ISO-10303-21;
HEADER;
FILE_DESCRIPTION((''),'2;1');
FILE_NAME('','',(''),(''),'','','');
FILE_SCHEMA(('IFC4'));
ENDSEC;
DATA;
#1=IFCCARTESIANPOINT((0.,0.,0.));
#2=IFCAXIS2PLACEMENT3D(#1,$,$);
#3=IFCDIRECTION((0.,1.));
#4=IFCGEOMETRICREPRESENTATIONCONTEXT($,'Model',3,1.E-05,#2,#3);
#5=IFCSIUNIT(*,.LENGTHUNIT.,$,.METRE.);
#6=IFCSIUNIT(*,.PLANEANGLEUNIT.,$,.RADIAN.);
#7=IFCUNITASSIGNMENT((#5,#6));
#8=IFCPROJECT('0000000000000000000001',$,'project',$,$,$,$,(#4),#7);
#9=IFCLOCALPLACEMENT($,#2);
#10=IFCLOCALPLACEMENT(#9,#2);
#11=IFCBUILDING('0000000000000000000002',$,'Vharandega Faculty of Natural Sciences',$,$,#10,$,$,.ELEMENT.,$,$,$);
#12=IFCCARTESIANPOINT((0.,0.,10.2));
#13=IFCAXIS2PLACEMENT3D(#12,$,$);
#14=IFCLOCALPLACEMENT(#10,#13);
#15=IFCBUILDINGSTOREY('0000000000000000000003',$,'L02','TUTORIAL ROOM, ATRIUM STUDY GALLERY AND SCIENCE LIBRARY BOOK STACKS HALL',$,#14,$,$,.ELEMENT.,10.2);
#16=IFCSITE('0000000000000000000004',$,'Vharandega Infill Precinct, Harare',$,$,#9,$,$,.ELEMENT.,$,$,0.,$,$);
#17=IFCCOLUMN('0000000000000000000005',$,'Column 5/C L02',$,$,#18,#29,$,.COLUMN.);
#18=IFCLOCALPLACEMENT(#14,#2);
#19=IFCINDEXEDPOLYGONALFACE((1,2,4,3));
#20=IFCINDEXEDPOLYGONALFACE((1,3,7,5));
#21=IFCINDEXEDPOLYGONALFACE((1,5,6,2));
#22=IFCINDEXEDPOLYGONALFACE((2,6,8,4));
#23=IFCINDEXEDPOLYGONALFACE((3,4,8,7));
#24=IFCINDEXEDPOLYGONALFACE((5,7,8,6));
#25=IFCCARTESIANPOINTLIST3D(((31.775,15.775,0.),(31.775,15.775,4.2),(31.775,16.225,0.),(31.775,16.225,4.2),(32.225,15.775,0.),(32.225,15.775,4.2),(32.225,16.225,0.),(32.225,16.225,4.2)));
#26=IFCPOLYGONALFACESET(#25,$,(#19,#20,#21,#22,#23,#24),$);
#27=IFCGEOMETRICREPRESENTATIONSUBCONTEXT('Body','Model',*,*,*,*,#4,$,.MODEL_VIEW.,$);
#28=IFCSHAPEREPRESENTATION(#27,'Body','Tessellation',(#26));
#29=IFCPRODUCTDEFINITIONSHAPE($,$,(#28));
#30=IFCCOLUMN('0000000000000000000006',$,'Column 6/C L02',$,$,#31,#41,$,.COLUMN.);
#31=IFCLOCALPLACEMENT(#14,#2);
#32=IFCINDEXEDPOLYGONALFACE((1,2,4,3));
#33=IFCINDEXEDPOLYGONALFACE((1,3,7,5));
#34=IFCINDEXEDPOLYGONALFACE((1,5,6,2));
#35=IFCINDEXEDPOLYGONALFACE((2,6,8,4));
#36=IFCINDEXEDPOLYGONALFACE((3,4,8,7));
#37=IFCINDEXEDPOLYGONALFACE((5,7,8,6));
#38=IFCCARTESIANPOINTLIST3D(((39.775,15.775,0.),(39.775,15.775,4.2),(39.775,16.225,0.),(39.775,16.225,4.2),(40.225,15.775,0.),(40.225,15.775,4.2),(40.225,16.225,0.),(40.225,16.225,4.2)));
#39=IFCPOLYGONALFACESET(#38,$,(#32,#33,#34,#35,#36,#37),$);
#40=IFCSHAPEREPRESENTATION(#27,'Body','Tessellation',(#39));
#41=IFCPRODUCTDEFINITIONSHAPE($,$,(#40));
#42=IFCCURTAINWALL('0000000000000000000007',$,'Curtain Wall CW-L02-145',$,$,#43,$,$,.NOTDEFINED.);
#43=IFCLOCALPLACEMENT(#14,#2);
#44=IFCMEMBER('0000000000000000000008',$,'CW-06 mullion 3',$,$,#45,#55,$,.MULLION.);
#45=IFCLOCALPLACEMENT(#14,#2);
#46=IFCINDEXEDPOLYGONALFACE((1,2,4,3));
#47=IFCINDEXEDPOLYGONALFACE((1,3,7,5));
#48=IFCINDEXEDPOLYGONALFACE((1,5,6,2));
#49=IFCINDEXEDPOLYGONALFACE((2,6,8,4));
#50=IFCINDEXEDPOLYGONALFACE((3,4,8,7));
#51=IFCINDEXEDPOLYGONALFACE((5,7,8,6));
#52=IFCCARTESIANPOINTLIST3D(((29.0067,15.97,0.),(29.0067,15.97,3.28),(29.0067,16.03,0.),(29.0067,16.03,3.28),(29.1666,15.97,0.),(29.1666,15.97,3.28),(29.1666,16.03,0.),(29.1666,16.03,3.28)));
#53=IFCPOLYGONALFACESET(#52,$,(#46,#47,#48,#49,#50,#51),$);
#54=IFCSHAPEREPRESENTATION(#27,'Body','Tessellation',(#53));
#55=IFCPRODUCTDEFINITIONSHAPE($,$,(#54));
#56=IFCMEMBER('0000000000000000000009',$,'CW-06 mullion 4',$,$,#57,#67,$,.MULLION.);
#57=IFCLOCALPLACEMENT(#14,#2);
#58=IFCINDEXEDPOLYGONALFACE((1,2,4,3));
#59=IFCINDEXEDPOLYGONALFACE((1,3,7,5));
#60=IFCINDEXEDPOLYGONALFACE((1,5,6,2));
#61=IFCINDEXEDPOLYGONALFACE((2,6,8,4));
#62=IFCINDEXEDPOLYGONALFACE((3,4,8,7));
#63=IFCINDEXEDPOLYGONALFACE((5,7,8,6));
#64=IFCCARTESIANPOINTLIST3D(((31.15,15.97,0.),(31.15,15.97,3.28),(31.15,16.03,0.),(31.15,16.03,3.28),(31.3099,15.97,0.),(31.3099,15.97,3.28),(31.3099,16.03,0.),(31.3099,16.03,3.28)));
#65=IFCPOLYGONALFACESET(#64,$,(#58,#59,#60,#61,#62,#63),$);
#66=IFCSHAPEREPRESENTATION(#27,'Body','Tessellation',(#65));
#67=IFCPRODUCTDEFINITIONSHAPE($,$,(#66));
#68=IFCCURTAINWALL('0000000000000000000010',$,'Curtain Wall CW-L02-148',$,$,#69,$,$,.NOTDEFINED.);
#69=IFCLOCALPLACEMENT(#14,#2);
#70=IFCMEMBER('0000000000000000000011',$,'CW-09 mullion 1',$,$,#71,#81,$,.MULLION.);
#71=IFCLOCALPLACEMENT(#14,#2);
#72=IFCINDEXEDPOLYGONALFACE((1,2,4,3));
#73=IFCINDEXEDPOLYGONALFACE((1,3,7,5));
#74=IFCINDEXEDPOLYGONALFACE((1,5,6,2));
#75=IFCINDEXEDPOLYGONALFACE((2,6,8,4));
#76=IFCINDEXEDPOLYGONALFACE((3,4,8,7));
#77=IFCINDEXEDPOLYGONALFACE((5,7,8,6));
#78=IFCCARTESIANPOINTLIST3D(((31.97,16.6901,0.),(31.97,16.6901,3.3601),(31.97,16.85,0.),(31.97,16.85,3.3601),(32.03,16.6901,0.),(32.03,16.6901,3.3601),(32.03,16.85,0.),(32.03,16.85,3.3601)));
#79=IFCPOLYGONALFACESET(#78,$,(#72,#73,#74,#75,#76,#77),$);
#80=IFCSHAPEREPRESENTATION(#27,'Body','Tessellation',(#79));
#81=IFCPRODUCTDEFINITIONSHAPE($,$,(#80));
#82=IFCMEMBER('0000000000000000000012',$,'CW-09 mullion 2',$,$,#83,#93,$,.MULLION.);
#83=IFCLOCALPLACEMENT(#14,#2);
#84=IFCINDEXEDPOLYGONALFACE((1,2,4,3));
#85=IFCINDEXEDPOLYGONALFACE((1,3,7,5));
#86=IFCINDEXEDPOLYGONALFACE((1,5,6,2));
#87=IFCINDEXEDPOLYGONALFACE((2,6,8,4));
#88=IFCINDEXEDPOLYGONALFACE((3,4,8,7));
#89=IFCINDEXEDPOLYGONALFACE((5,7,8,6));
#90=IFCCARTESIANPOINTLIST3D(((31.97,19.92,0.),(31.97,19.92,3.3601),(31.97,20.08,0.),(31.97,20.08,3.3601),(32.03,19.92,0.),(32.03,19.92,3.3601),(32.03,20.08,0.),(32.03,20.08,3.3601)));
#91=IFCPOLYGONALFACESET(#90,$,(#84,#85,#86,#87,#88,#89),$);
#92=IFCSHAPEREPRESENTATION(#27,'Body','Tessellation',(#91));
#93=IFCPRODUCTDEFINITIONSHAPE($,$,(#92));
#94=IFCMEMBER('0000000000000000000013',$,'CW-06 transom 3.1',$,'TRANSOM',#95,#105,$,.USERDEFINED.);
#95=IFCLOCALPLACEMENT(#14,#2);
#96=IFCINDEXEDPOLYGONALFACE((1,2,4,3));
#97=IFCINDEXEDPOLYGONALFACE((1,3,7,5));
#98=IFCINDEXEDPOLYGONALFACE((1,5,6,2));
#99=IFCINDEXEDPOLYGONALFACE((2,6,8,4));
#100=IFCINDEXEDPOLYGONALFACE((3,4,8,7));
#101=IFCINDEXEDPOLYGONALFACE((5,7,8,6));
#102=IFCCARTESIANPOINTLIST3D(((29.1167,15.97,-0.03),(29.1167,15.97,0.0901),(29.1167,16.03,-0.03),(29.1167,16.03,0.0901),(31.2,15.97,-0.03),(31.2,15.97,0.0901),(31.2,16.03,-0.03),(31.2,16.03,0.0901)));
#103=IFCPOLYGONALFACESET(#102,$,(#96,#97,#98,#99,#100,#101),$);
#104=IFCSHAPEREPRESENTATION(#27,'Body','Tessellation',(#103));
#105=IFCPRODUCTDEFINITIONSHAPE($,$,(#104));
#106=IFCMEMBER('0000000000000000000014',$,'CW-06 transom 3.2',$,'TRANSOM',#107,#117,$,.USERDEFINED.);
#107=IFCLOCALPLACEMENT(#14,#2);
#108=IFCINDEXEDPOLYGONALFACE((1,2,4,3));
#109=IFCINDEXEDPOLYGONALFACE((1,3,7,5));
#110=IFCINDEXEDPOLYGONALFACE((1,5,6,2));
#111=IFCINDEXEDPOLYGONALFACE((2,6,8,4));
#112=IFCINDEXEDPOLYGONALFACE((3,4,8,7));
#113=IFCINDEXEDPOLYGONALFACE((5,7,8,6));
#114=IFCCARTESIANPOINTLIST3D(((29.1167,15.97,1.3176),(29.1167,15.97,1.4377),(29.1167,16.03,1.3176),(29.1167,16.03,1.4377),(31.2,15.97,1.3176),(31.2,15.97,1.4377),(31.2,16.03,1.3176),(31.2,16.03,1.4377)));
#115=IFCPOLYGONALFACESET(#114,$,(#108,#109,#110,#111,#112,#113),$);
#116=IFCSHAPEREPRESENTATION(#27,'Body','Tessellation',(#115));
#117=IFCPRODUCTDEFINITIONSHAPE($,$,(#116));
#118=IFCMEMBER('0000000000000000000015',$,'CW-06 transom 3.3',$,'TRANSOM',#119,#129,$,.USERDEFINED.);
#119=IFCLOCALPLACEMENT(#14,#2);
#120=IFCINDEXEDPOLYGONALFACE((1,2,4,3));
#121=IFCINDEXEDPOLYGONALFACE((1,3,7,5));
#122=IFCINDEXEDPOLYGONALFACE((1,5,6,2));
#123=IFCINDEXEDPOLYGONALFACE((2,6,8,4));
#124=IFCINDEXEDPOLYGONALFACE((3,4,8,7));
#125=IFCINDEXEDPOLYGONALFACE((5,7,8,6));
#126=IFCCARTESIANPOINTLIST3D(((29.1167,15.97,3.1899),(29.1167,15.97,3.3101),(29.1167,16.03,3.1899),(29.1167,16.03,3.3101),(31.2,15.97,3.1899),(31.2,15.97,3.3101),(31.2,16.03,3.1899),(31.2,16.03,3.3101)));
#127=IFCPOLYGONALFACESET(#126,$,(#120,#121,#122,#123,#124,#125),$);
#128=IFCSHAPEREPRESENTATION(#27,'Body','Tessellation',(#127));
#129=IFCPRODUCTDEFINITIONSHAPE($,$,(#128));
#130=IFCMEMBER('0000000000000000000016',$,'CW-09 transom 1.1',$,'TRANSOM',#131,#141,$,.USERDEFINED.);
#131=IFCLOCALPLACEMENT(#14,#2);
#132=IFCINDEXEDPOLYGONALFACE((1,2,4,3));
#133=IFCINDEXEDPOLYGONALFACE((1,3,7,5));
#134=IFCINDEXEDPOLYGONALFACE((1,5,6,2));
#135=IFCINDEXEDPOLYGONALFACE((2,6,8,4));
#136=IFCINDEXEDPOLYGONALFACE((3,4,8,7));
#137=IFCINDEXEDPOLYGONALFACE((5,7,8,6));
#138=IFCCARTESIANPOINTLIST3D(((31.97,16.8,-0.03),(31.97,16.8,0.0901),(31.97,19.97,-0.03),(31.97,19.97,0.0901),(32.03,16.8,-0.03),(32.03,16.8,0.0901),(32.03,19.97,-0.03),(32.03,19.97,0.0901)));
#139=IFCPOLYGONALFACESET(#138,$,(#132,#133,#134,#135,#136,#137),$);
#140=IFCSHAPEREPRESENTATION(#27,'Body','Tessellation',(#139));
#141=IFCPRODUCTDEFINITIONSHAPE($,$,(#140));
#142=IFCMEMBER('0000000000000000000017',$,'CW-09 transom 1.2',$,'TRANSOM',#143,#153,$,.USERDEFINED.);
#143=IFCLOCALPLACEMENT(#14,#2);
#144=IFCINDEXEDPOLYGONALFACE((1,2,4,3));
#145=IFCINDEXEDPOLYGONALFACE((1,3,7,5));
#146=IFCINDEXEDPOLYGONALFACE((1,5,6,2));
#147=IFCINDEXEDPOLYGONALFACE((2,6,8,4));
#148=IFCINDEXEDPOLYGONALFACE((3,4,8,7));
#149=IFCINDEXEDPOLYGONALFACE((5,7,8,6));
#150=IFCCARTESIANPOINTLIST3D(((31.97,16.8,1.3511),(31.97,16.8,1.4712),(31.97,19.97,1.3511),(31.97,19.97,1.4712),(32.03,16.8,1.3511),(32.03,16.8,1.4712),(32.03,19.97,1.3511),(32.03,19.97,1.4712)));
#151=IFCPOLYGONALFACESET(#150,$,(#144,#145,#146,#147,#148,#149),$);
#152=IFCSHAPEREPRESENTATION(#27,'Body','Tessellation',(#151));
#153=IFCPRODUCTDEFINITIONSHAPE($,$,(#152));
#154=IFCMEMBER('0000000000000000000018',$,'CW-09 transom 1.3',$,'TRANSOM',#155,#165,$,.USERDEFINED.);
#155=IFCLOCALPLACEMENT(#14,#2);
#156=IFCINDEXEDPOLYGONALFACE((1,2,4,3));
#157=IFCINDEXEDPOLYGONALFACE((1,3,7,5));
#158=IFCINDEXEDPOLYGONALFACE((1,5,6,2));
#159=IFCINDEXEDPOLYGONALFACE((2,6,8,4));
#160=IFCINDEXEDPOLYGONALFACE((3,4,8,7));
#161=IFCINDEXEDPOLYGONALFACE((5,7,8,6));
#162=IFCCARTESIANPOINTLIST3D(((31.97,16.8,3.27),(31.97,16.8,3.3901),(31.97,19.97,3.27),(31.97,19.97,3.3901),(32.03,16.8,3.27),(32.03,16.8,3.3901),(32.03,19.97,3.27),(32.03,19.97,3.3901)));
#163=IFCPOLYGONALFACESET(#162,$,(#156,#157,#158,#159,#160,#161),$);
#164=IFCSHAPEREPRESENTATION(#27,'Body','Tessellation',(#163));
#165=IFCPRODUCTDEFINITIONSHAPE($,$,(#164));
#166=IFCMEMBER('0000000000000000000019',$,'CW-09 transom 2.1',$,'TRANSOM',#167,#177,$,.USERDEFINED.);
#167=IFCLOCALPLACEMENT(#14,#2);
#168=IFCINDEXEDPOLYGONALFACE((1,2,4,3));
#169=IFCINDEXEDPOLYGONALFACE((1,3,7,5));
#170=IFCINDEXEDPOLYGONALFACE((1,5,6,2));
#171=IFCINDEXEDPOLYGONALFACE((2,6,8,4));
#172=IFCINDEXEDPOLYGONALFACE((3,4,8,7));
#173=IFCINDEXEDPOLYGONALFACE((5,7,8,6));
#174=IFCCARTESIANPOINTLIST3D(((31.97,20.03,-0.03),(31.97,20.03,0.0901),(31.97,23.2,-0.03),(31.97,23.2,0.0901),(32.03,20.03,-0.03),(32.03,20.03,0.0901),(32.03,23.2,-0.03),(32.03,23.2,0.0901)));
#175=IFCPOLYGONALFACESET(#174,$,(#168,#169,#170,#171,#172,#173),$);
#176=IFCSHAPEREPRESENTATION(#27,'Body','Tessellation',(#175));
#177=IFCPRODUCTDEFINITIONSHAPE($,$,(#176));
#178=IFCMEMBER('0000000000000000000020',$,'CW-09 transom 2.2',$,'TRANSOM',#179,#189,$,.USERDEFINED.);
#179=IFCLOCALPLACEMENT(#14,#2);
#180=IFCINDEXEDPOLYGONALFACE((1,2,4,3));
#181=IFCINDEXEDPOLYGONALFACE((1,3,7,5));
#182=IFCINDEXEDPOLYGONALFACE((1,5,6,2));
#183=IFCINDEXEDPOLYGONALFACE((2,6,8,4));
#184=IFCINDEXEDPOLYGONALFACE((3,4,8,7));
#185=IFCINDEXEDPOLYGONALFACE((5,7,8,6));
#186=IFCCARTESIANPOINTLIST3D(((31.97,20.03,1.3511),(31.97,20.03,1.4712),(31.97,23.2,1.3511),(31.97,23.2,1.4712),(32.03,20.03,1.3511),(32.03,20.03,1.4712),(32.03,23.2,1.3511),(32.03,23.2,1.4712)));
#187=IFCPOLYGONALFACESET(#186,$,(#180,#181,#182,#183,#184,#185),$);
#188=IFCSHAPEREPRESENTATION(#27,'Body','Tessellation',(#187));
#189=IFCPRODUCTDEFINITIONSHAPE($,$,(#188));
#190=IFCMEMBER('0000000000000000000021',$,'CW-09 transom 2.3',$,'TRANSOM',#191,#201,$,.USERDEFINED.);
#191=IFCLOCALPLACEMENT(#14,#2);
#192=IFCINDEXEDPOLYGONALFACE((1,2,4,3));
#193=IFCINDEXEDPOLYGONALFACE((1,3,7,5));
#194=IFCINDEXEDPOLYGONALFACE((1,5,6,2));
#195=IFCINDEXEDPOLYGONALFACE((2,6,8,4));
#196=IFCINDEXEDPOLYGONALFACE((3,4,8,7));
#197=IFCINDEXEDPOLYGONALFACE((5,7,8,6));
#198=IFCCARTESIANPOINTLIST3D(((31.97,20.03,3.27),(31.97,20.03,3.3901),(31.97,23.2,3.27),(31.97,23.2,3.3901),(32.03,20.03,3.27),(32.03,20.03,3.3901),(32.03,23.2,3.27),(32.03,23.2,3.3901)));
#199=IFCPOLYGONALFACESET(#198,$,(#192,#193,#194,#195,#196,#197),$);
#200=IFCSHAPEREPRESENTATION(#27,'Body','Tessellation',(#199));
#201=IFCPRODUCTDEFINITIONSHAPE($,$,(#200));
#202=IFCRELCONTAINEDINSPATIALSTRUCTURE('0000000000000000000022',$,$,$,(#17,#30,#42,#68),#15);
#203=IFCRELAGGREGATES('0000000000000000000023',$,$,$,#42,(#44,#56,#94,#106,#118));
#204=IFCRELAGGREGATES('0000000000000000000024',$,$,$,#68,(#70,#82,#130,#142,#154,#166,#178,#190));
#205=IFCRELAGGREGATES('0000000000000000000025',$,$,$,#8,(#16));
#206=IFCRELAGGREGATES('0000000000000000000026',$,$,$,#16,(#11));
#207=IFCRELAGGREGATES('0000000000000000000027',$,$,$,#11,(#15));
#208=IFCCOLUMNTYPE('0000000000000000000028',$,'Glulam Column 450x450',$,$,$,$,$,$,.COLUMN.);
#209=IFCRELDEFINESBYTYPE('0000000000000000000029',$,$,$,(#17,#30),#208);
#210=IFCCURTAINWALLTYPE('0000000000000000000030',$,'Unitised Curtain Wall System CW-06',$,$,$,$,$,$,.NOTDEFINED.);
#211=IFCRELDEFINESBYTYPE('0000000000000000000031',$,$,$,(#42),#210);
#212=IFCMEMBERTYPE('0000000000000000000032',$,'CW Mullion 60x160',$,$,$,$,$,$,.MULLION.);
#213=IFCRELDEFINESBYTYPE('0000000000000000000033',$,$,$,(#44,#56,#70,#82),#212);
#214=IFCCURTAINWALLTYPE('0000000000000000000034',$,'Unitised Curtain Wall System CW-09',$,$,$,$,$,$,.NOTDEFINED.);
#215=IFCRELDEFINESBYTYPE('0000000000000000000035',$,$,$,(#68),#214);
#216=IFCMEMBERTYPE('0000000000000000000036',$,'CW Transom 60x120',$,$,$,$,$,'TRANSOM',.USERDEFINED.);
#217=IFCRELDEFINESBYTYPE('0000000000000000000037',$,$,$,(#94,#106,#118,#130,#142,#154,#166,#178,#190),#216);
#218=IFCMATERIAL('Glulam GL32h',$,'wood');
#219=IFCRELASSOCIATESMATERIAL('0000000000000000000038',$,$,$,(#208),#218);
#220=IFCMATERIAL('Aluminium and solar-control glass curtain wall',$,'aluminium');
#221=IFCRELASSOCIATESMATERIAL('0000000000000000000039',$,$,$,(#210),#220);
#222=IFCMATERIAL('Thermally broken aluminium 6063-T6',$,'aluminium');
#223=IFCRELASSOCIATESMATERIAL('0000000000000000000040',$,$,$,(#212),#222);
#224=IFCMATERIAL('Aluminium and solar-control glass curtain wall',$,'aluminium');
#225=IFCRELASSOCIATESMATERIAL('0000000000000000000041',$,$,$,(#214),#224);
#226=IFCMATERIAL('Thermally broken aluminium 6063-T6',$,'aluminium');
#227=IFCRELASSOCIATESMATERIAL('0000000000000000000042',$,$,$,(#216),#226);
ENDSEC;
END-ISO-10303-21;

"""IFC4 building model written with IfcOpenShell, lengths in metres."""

from ifc_helpers import new_model, si_unit, direction, frame, origin, origin_2d, place, context, subcontext, project, spatial, rectangle, extrude, material, material_profile, profile_set, type_object, element, aggregate, save


model = new_model("IFC4")

# Units and contexts
model_context = context("Model", 3, precision=1e-05, world=origin(), true_north=direction((0.0, 1.0)))
body_context = subcontext(model_context, "Body", "Model", "MODEL_VIEW")
ifc_project = project(units=[si_unit("LENGTHUNIT", "METRE"), si_unit("PLANEANGLEUNIT", "RADIAN")], contexts=[model_context])

# Site, building, storey
site_placement = place(None, origin())
site = spatial("IfcSite", under=ifc_project, at=site_placement, Name="Vharandega Infill Precinct, Harare", CompositionType="ELEMENT", RefElevation=0.0)
building_placement = place(site_placement, origin())
building = spatial("IfcBuilding", under=site, at=building_placement, Name="Vharandega Faculty of Natural Sciences", CompositionType="ELEMENT")
storey_placement = place(building_placement, frame((0.0, 0.0, 10.2)))
storey = spatial("IfcBuildingStorey", under=building, at=storey_placement, Name="L02", Description="TUTORIAL ROOM, ATRIUM STUDY GALLERY AND SCIENCE LIBRARY BOOK STACKS HALL", CompositionType="ELEMENT", Elevation=10.2)

# Columns
ifc_material_1 = material(Name="Glulam GL32h", Category="wood")
ifc_material_profile_1 = material_profile(ifc_material_1, rectangle(XDim=0.45, YDim=0.45, at=origin_2d()), Name="GL32h 450x450")
ifc_profile_set_1 = profile_set([ifc_material_profile_1], Name="Glulam GL32h")
column_type = type_object("IfcColumnType", Name="Glulam Column 450x450", PredefinedType="COLUMN", material=ifc_profile_set_1)
for number, where, z_axis, x_axis, name in (
    (1, (32.0, 16.0, 0.0), (0.0, 0.0, 1.0), (1.0, 0.0, 0.0), "Column 5/C L02"),
    (2, (40.0, 16.0, 0.0), (0.0, 0.0, 1.0), (1.0, 0.0, 0.0), "Column 6/C L02"),
):
    element("IfcColumn", number, at=place(storey_placement, frame(where, z_axis=z_axis, x_axis=x_axis)), inside=storey, type_object=column_type, Name=name, PredefinedType="COLUMN", context=body_context, shape_type="SweptSolid", body=[
        extrude(rectangle(XDim=0.45, YDim=0.45, at=origin_2d()), origin(), (0.0, 0.0, 1.0), 4.2),
    ])

# Curtain walls, members
ifc_material_2 = material(Name="Aluminium and solar-control glass curtain wall", Category="aluminium")
curtain_wall_type_1 = type_object("IfcCurtainWallType", Name="Unitised Curtain Wall System CW-06", PredefinedType="NOTDEFINED", material=ifc_material_2)
curtain_wall_1_placement = place(storey_placement, origin())
curtain_wall_1 = element("IfcCurtainWall", 3, at=curtain_wall_1_placement, inside=storey, type_object=curtain_wall_type_1, Name="Curtain Wall CW-L02-145", PredefinedType="NOTDEFINED")
ifc_material_3 = material(Name="Thermally broken aluminium 6063-T6", Category="aluminium")
ifc_material_profile_2 = material_profile(ifc_material_3, rectangle(XDim=0.0601, YDim=0.1599, at=origin_2d()), Name="ALU 60x160")
ifc_profile_set_2 = profile_set([ifc_material_profile_2], Name="Thermally broken aluminium 6063-T6")
member_type_1 = type_object("IfcMemberType", Name="CW Mullion 60x160", PredefinedType="MULLION", material=ifc_profile_set_2)
member_1_placement = place(storey_placement, frame((29.0867, 16.0, 0.0), z_axis=(0.0, 0.0, 1.0), x_axis=(0.0, 1.0, 0.0)))
member_1 = element("IfcMember", 4, at=member_1_placement, type_object=member_type_1, Name="CW-06 mullion 3", PredefinedType="MULLION", context=body_context, shape_type="SweptSolid", body=[
    extrude(rectangle(XDim=0.0601, YDim=0.1599, at=origin_2d()), origin(), (0.0, 0.0, 1.0), 3.28),
])
member_2_placement = place(storey_placement, frame((31.23, 16.0, 0.0), z_axis=(0.0, 0.0, 1.0), x_axis=(0.0, 1.0, 0.0)))
member_2 = element("IfcMember", 5, at=member_2_placement, type_object=member_type_1, Name="CW-06 mullion 4", PredefinedType="MULLION", context=body_context, shape_type="SweptSolid", body=[
    extrude(rectangle(XDim=0.0601, YDim=0.1599, at=origin_2d()), origin(), (0.0, 0.0, 1.0), 3.28),
])
ifc_material_4 = material(Name="Aluminium and solar-control glass curtain wall", Category="aluminium")
curtain_wall_type_2 = type_object("IfcCurtainWallType", Name="Unitised Curtain Wall System CW-09", PredefinedType="NOTDEFINED", material=ifc_material_4)
curtain_wall_2_placement = place(storey_placement, origin())
curtain_wall_2 = element("IfcCurtainWall", 6, at=curtain_wall_2_placement, inside=storey, type_object=curtain_wall_type_2, Name="Curtain Wall CW-L02-148", PredefinedType="NOTDEFINED")
member_3_placement = place(storey_placement, frame((32.0, 16.77, 0.0), z_axis=(0.0, 0.0, 1.0), x_axis=(-1.0, 0.0, 0.0)))
member_3 = element("IfcMember", 7, at=member_3_placement, type_object=member_type_1, Name="CW-09 mullion 1", PredefinedType="MULLION", context=body_context, shape_type="SweptSolid", body=[
    extrude(rectangle(XDim=0.0601, YDim=0.1599, at=origin_2d()), origin(), (0.0, 0.0, 1.0), 3.3601),
])
member_4_placement = place(storey_placement, frame((32.0, 20.0, 0.0), z_axis=(0.0, 0.0, 1.0), x_axis=(-1.0, 0.0, 0.0)))
member_4 = element("IfcMember", 8, at=member_4_placement, type_object=member_type_1, Name="CW-09 mullion 2", PredefinedType="MULLION", context=body_context, shape_type="SweptSolid", body=[
    extrude(rectangle(XDim=0.0601, YDim=0.1599, at=origin_2d()), origin(), (0.0, 0.0, 1.0), 3.3601),
])

# Members
ifc_material_5 = material(Name="Thermally broken aluminium 6063-T6", Category="aluminium")
ifc_material_profile_3 = material_profile(ifc_material_5, rectangle(XDim=0.0601, YDim=0.1201, at=origin_2d()), Name="ALU 60x120")
ifc_profile_set_3 = profile_set([ifc_material_profile_3], Name="Thermally broken aluminium 6063-T6")
member_type_2 = type_object("IfcMemberType", Name="CW Transom 60x120", ElementType="TRANSOM", PredefinedType="USERDEFINED", material=ifc_profile_set_3)
member_5_placement = place(storey_placement, frame((29.1167, 16.0, 0.03), z_axis=(1.0, 0.0, 0.0), x_axis=(0.0, 1.0, 0.0)))
member_5 = element("IfcMember", 9, at=member_5_placement, type_object=member_type_2, Name="CW-06 transom 3.1", ObjectType="TRANSOM", PredefinedType="USERDEFINED", context=body_context, shape_type="SweptSolid", body=[
    extrude(rectangle(XDim=0.0601, YDim=0.1201, at=origin_2d()), origin(), (0.0, 0.0, 1.0), 2.0833),
])
member_6_placement = place(storey_placement, frame((29.1167, 16.0, 1.3777), z_axis=(1.0, 0.0, 0.0), x_axis=(0.0, 1.0, 0.0)))
member_6 = element("IfcMember", 10, at=member_6_placement, type_object=member_type_2, Name="CW-06 transom 3.2", ObjectType="TRANSOM", PredefinedType="USERDEFINED", context=body_context, shape_type="SweptSolid", body=[
    extrude(rectangle(XDim=0.0601, YDim=0.1201, at=origin_2d()), origin(), (0.0, 0.0, 1.0), 2.0833),
])
member_7_placement = place(storey_placement, frame((29.1167, 16.0, 3.25), z_axis=(1.0, 0.0, 0.0), x_axis=(0.0, 1.0, 0.0)))
member_7 = element("IfcMember", 11, at=member_7_placement, type_object=member_type_2, Name="CW-06 transom 3.3", ObjectType="TRANSOM", PredefinedType="USERDEFINED", context=body_context, shape_type="SweptSolid", body=[
    extrude(rectangle(XDim=0.0601, YDim=0.1201, at=origin_2d()), origin(), (0.0, 0.0, 1.0), 2.0833),
])
member_8_placement = place(storey_placement, frame((32.0, 16.8, 0.03), z_axis=(0.0, 1.0, 0.0), x_axis=(-1.0, 0.0, 0.0)))
member_8 = element("IfcMember", 12, at=member_8_placement, type_object=member_type_2, Name="CW-09 transom 1.1", ObjectType="TRANSOM", PredefinedType="USERDEFINED", context=body_context, shape_type="SweptSolid", body=[
    extrude(rectangle(XDim=0.0601, YDim=0.1201, at=origin_2d()), origin(), (0.0, 0.0, 1.0), 3.1699),
])
member_9_placement = place(storey_placement, frame((32.0, 16.8, 1.4111), z_axis=(0.0, 1.0, 0.0), x_axis=(-1.0, 0.0, 0.0)))
member_9 = element("IfcMember", 13, at=member_9_placement, type_object=member_type_2, Name="CW-09 transom 1.2", ObjectType="TRANSOM", PredefinedType="USERDEFINED", context=body_context, shape_type="SweptSolid", body=[
    extrude(rectangle(XDim=0.0601, YDim=0.1201, at=origin_2d()), origin(), (0.0, 0.0, 1.0), 3.1699),
])
member_10_placement = place(storey_placement, frame((32.0, 16.8, 3.3301), z_axis=(0.0, 1.0, 0.0), x_axis=(-1.0, 0.0, 0.0)))
member_10 = element("IfcMember", 14, at=member_10_placement, type_object=member_type_2, Name="CW-09 transom 1.3", ObjectType="TRANSOM", PredefinedType="USERDEFINED", context=body_context, shape_type="SweptSolid", body=[
    extrude(rectangle(XDim=0.0601, YDim=0.1201, at=origin_2d()), origin(), (0.0, 0.0, 1.0), 3.1699),
])
member_11_placement = place(storey_placement, frame((32.0, 20.03, 0.03), z_axis=(0.0, 1.0, 0.0), x_axis=(-1.0, 0.0, 0.0)))
member_11 = element("IfcMember", 15, at=member_11_placement, type_object=member_type_2, Name="CW-09 transom 2.1", ObjectType="TRANSOM", PredefinedType="USERDEFINED", context=body_context, shape_type="SweptSolid", body=[
    extrude(rectangle(XDim=0.0601, YDim=0.1201, at=origin_2d()), origin(), (0.0, 0.0, 1.0), 3.1699),
])
member_12_placement = place(storey_placement, frame((32.0, 20.03, 1.4111), z_axis=(0.0, 1.0, 0.0), x_axis=(-1.0, 0.0, 0.0)))
member_12 = element("IfcMember", 16, at=member_12_placement, type_object=member_type_2, Name="CW-09 transom 2.2", ObjectType="TRANSOM", PredefinedType="USERDEFINED", context=body_context, shape_type="SweptSolid", body=[
    extrude(rectangle(XDim=0.0601, YDim=0.1201, at=origin_2d()), origin(), (0.0, 0.0, 1.0), 3.1699),
])
member_13_placement = place(storey_placement, frame((32.0, 20.03, 3.3301), z_axis=(0.0, 1.0, 0.0), x_axis=(-1.0, 0.0, 0.0)))
member_13 = element("IfcMember", 17, at=member_13_placement, type_object=member_type_2, Name="CW-09 transom 2.3", ObjectType="TRANSOM", PredefinedType="USERDEFINED", context=body_context, shape_type="SweptSolid", body=[
    extrude(rectangle(XDim=0.0601, YDim=0.1201, at=origin_2d()), origin(), (0.0, 0.0, 1.0), 3.1699),
])

aggregate(curtain_wall_1, [member_1, member_2, member_5, member_6, member_7])
aggregate(curtain_wall_2, [member_3, member_4, member_8, member_9, member_10, member_11, member_12, member_13])

save(model, "model.ifc")
